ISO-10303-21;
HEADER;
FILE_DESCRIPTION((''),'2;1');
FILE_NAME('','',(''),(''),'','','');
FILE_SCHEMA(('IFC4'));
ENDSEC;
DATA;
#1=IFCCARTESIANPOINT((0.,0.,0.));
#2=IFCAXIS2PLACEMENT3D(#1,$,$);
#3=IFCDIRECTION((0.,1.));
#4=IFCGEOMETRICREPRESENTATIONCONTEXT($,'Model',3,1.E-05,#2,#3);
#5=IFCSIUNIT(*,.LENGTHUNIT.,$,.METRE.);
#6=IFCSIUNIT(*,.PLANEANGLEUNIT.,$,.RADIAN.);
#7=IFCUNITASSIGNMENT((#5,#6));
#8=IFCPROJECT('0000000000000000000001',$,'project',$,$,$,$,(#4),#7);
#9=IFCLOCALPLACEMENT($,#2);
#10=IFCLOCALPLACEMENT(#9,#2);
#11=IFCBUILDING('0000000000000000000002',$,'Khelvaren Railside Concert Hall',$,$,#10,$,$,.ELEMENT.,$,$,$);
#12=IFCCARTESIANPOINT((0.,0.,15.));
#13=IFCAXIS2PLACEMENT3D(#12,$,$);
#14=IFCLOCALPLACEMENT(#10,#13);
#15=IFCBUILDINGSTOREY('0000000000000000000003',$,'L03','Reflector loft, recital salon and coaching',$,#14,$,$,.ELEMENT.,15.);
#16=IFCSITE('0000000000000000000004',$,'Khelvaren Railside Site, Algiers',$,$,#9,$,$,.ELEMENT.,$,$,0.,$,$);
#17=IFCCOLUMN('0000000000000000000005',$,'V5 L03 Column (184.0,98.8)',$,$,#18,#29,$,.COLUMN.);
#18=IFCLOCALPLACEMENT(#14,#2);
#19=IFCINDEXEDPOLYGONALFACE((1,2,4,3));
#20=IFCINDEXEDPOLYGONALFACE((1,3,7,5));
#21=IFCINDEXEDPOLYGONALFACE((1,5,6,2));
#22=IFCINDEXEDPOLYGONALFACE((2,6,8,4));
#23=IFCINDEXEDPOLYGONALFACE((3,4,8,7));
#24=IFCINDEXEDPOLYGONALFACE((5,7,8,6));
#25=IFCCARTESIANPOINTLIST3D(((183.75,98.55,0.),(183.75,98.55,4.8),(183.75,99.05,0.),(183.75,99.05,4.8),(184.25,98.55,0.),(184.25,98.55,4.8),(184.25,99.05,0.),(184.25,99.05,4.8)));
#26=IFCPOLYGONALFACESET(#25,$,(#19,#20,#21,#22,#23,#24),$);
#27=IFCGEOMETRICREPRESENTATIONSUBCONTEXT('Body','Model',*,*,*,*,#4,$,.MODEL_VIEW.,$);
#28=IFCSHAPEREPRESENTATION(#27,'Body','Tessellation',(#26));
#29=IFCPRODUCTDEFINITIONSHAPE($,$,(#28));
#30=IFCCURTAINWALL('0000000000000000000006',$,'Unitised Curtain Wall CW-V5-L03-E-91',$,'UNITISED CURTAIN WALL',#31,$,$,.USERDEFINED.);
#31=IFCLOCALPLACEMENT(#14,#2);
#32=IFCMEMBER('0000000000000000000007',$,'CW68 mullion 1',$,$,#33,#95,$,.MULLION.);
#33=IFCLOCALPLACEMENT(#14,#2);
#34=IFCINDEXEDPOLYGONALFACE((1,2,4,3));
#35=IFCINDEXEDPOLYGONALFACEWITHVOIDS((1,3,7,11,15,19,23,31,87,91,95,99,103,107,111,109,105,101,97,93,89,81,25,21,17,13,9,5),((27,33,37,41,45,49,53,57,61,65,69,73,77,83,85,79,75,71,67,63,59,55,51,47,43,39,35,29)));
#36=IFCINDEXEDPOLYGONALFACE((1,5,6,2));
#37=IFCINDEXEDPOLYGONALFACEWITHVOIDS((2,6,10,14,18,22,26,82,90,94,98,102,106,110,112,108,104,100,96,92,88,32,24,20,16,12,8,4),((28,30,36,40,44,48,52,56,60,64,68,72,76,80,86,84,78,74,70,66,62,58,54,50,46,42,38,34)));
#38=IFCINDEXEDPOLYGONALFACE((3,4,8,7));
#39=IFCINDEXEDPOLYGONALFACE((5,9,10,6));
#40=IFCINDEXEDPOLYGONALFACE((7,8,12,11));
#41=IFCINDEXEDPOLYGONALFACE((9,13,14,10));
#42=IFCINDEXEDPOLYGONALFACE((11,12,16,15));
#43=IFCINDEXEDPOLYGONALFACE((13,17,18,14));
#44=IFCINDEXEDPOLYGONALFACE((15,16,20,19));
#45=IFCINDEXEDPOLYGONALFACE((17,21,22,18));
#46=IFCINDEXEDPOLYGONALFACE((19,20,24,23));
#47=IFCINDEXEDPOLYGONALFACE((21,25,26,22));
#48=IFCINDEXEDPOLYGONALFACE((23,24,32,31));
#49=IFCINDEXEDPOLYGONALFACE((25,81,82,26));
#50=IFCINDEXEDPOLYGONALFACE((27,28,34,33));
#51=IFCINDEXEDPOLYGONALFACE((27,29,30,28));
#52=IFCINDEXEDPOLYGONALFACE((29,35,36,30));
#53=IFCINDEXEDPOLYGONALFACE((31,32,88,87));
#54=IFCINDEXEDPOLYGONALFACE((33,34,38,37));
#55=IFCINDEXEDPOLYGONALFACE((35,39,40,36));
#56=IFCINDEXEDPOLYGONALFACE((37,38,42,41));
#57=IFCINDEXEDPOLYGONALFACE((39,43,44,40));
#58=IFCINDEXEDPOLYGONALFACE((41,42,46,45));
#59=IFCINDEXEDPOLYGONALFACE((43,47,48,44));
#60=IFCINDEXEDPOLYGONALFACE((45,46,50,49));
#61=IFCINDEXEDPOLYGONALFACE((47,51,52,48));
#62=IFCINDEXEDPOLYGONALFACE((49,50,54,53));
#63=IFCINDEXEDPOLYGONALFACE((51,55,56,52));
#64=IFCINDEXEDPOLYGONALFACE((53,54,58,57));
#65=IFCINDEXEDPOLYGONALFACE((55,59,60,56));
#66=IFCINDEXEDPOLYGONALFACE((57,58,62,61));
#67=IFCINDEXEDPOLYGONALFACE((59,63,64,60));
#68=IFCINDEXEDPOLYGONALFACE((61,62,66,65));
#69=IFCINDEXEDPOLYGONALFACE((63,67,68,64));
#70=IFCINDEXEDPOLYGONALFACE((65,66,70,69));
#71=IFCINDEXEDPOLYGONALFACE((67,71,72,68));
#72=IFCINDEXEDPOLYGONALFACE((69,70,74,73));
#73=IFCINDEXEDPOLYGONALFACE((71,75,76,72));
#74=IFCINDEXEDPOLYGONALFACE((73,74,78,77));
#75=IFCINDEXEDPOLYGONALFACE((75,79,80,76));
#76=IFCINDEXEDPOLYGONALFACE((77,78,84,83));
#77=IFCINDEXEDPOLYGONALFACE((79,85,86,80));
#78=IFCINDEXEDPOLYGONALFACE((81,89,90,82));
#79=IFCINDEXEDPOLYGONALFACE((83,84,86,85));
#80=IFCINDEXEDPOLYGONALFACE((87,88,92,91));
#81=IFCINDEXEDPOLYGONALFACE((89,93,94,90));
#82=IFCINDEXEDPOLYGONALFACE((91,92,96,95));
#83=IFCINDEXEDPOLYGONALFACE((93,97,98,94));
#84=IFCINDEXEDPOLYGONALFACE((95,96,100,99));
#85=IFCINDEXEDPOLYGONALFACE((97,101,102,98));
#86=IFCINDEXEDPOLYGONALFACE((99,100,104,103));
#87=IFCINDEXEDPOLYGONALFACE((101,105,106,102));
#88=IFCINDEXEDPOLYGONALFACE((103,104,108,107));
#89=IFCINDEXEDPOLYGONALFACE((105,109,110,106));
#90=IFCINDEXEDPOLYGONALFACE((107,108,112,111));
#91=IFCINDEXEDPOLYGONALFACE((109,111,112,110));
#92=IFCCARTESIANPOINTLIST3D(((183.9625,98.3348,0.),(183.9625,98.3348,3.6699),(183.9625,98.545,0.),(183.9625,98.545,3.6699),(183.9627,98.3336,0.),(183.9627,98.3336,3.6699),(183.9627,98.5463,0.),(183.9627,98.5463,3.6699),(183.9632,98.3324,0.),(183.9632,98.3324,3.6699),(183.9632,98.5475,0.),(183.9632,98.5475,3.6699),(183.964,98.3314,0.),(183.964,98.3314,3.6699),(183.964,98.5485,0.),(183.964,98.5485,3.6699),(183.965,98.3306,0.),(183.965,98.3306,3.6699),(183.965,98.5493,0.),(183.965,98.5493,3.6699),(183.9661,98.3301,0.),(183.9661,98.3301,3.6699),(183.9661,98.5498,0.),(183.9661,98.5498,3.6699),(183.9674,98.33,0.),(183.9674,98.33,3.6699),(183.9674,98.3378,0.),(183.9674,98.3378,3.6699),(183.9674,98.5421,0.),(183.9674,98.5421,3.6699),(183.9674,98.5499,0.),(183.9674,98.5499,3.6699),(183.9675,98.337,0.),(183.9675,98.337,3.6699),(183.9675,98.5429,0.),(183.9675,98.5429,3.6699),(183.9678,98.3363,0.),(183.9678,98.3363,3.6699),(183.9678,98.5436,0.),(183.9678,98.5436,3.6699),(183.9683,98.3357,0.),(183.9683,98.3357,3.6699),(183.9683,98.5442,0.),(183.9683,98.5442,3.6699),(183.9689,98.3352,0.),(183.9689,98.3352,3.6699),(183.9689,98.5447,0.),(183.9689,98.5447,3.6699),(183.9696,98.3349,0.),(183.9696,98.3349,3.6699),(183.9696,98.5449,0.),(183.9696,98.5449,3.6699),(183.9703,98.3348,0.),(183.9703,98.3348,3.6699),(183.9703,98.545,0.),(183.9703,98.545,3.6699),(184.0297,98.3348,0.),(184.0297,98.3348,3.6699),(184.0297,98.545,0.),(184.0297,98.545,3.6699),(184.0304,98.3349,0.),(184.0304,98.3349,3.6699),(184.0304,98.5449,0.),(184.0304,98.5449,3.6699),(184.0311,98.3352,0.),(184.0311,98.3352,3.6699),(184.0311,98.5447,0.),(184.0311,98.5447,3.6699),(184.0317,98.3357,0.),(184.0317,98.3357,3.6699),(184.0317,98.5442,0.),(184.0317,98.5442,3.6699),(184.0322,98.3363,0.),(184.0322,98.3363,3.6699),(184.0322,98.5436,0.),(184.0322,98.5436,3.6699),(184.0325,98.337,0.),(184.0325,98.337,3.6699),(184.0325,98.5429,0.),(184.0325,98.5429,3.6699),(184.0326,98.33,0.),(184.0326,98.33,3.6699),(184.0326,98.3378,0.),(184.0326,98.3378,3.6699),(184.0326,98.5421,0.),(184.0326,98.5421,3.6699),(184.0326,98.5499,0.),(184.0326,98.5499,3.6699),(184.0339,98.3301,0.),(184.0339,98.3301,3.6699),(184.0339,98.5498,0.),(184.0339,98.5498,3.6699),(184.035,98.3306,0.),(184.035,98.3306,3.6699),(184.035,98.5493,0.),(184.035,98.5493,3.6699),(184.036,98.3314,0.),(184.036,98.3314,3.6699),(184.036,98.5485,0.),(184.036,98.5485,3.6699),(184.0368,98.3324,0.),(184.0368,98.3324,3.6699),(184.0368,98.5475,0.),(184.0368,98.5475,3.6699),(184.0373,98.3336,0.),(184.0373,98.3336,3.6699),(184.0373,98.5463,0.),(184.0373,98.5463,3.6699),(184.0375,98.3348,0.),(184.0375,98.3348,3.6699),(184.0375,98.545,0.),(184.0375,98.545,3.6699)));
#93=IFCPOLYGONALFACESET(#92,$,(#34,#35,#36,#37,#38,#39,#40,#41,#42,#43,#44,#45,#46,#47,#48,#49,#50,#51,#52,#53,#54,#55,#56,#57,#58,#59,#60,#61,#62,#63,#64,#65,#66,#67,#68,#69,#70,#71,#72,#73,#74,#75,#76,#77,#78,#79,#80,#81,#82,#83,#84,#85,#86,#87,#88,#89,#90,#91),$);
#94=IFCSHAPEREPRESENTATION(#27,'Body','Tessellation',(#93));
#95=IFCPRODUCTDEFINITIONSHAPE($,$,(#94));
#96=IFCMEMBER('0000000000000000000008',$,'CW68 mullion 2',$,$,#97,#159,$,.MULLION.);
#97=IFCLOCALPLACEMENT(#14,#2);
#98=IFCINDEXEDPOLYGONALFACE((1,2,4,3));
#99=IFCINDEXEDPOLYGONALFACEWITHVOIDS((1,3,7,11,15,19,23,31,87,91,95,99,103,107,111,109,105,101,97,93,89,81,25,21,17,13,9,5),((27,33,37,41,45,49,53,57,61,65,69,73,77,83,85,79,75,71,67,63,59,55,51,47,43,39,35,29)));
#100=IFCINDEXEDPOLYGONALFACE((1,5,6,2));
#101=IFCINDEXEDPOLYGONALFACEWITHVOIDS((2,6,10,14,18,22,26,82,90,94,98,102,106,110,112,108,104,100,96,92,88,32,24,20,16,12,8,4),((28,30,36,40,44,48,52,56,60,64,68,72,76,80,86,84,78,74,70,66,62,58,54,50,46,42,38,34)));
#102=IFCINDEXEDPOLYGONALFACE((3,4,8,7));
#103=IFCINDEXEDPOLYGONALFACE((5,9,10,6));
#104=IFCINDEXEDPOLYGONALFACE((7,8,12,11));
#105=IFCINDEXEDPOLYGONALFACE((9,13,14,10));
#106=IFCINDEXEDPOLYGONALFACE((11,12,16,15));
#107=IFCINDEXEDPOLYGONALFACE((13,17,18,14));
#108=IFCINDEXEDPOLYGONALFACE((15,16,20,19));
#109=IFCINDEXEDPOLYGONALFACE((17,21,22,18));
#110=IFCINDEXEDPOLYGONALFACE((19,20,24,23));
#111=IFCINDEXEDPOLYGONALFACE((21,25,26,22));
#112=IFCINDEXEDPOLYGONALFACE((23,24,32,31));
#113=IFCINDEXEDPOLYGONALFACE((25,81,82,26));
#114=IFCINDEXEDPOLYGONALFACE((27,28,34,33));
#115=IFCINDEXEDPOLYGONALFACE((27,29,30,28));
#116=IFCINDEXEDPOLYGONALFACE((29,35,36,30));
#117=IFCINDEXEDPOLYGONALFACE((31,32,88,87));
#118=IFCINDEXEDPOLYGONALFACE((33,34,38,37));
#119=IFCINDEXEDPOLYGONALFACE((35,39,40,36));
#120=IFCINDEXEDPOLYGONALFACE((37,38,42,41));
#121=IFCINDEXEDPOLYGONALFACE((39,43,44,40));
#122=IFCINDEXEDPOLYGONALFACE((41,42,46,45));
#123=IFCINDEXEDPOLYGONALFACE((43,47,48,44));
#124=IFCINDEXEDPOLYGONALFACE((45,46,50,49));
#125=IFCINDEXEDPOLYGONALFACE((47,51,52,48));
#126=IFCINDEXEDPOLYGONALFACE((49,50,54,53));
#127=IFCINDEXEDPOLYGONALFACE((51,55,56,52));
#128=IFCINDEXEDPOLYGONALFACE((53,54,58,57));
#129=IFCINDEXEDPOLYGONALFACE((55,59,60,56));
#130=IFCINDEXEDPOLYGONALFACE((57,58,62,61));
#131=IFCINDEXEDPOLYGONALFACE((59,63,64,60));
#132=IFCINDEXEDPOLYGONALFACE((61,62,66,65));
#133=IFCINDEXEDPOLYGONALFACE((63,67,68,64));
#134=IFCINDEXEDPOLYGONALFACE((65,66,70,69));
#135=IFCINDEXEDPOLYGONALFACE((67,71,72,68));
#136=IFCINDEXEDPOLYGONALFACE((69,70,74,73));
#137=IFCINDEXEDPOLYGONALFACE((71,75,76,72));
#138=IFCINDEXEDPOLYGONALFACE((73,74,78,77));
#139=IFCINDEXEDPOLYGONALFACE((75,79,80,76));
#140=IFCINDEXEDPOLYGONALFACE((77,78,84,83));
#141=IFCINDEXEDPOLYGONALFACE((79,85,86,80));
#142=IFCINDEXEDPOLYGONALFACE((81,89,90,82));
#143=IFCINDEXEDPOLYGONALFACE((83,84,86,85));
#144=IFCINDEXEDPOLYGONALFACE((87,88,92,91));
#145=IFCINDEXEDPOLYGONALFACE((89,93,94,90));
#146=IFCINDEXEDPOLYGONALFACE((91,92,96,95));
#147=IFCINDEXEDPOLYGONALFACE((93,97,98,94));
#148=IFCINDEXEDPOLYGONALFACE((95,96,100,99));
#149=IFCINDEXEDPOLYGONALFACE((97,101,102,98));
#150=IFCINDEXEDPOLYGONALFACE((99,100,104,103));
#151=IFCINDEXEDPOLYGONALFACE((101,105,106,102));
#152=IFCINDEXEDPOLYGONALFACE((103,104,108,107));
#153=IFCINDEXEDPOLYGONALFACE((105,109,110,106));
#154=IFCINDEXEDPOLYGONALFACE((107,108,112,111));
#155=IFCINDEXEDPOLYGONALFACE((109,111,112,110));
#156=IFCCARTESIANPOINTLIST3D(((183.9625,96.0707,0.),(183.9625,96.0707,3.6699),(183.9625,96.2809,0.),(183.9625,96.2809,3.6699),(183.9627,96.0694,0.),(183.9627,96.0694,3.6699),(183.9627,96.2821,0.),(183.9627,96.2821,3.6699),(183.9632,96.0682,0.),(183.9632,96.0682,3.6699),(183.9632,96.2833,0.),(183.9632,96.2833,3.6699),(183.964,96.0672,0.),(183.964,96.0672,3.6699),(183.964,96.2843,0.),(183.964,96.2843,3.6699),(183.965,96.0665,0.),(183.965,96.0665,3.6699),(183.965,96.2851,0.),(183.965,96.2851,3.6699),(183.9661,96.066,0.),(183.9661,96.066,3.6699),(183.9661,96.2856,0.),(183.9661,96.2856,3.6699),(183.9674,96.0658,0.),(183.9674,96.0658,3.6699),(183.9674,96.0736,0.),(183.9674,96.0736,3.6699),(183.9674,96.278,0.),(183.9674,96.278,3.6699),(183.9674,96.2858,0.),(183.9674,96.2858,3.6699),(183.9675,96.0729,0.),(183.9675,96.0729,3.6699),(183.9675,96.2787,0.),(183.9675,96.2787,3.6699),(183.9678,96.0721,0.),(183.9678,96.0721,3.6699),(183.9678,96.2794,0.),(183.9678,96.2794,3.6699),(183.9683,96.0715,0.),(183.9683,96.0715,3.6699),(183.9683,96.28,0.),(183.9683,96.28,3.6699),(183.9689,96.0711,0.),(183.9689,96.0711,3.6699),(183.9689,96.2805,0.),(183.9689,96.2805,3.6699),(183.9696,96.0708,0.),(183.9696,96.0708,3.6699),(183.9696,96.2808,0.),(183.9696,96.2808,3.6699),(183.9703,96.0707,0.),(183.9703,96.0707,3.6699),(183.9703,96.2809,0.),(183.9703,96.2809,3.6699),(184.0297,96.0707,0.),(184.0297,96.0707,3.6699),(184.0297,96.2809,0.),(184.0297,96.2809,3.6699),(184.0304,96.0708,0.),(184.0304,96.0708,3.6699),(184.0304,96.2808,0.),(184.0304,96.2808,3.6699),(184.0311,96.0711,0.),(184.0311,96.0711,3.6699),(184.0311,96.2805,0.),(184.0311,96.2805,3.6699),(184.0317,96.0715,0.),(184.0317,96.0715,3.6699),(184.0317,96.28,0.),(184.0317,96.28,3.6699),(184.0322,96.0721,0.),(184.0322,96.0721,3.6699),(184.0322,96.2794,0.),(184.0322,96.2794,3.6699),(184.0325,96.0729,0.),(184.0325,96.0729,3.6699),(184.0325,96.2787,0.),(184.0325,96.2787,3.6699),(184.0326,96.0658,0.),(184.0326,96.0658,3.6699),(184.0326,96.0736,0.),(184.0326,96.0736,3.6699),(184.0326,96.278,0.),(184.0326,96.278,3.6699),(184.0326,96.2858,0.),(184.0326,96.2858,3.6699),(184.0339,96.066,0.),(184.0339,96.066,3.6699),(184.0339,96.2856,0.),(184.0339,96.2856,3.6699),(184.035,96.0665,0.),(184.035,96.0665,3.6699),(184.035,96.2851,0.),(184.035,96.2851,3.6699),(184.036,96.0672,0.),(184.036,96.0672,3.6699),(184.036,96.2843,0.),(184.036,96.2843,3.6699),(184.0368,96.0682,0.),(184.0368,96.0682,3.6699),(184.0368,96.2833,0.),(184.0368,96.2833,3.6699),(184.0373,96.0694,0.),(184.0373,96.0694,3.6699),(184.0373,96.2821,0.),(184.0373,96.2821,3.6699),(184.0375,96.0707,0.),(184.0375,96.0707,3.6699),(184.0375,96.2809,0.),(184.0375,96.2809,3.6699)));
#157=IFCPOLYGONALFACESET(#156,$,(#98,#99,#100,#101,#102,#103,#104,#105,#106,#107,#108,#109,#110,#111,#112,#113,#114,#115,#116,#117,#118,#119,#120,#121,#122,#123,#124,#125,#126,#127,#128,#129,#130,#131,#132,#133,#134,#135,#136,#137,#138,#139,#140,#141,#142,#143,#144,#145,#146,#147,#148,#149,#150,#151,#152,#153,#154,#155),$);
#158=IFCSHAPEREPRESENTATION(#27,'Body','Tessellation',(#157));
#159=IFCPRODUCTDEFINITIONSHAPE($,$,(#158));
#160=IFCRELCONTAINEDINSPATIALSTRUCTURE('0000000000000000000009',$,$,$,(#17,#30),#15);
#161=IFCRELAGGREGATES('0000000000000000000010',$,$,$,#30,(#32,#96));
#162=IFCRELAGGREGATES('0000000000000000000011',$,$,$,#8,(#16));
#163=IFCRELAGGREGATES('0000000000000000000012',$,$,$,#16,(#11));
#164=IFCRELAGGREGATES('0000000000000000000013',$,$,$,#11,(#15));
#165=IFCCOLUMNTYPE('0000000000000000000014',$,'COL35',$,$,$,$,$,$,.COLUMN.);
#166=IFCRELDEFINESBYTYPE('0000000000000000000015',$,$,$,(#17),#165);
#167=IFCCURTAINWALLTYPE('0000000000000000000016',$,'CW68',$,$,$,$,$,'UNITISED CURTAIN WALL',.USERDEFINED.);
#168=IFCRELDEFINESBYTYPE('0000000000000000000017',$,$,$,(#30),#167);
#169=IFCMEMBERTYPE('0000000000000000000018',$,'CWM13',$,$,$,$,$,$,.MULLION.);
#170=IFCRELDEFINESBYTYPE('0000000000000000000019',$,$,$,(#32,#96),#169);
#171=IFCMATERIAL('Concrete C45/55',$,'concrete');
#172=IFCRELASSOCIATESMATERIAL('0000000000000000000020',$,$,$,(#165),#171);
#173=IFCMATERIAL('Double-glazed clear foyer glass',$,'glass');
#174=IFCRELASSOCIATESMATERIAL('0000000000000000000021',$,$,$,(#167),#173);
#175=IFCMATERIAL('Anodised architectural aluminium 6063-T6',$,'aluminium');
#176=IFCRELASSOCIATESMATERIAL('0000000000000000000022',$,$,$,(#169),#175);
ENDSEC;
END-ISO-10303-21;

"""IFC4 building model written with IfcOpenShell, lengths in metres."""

from ifc_helpers import new_model, si_unit, direction, frame, origin, origin_2d, place, context, subcontext, project, spatial, rectangle, hollow_rectangle, extrude, material, material_profile, profile_set, type_object, element, aggregate, save


model = new_model("IFC4")

# Units and contexts
model_context = context("Model", 3, precision=1e-05, world=origin(), true_north=direction((0.0, 1.0)))
body_context = subcontext(model_context, "Body", "Model", "MODEL_VIEW")
ifc_project = project(units=[si_unit("LENGTHUNIT", "METRE"), si_unit("PLANEANGLEUNIT", "RADIAN")], contexts=[model_context])

# Site, building, storey
site_placement = place(None, origin())
site = spatial("IfcSite", under=ifc_project, at=site_placement, Name="Khelvaren Railside Site, Algiers", CompositionType="ELEMENT", RefElevation=0.0)
building_placement = place(site_placement, origin())
building = spatial("IfcBuilding", under=site, at=building_placement, Name="Khelvaren Railside Concert Hall", CompositionType="ELEMENT")
storey_placement = place(building_placement, frame((0.0, 0.0, 15.0)))
storey = spatial("IfcBuildingStorey", under=building, at=storey_placement, Name="L03", Description="Reflector loft, recital salon and coaching", CompositionType="ELEMENT", Elevation=15.0)

# Column
ifc_material_1 = material(Name="Concrete C45/55", Category="concrete")
ifc_material_profile_1 = material_profile(ifc_material_1, rectangle(XDim=0.5, YDim=0.5, at=origin_2d()), Name="RC 500x500")
ifc_profile_set_1 = profile_set([ifc_material_profile_1], Name="Concrete C45/55")
column_type = type_object("IfcColumnType", Name="COL35", PredefinedType="COLUMN", material=ifc_profile_set_1)
column_placement = place(storey_placement, frame((184.0, 98.8, 0.0), z_axis=(0.0, 0.0, 1.0), x_axis=(1.0, 0.0, 0.0)))
element("IfcColumn", 1, at=column_placement, inside=storey, type_object=column_type, Name="V5 L03 Column (184.0,98.8)", PredefinedType="COLUMN", context=body_context, shape_type="SweptSolid", body=[
    extrude(rectangle(XDim=0.5, YDim=0.5, at=origin_2d()), origin(), (0.0, 0.0, 1.0), 4.8),
])

# Curtain wall, members
ifc_material_2 = material(Name="Double-glazed clear foyer glass", Category="glass")
curtain_wall_type_1 = type_object("IfcCurtainWallType", Name="CW68", ElementType="UNITISED CURTAIN WALL", PredefinedType="USERDEFINED", material=ifc_material_2)
curtain_wall_1_placement = place(storey_placement, origin())
curtain_wall_1 = element("IfcCurtainWall", 2, at=curtain_wall_1_placement, inside=storey, type_object=curtain_wall_type_1, Name="Unitised Curtain Wall CW-V5-L03-E-91", ObjectType="UNITISED CURTAIN WALL", PredefinedType="USERDEFINED")
ifc_material_3 = material(Name="Anodised architectural aluminium 6063-T6", Category="aluminium")
ifc_material_profile_2 = material_profile(ifc_material_3, hollow_rectangle(XDim=0.075, YDim=0.22, WallThickness=0.0049, InnerFilletRadius=0.0029, OuterFilletRadius=0.0049, at=origin_2d()), Name="CWM 75x220x5")
ifc_profile_set_2 = profile_set([ifc_material_profile_2], Name="Anodised architectural aluminium 6063-T6")
member_type_1 = type_object("IfcMemberType", Name="CWM13", PredefinedType="MULLION", material=ifc_profile_set_2)
member_1_placement = place(storey_placement, frame((184.0, 98.4399, 0.0), z_axis=(0.0, 0.0, 1.0), x_axis=(1.0, 0.0, 0.0)))
member_1 = element("IfcMember", 3, at=member_1_placement, type_object=member_type_1, Name="CW68 mullion 1", PredefinedType="MULLION", context=body_context, shape_type="SweptSolid", body=[
    extrude(hollow_rectangle(XDim=0.075, YDim=0.22, WallThickness=0.0049, InnerFilletRadius=0.0029, OuterFilletRadius=0.0049, at=origin_2d()), origin(), (0.0, 0.0, 1.0), 3.6699),
])
member_2_placement = place(storey_placement, frame((184.0, 96.1758, 0.0), z_axis=(0.0, 0.0, 1.0), x_axis=(1.0, 0.0, 0.0)))
member_2 = element("IfcMember", 4, at=member_2_placement, type_object=member_type_1, Name="CW68 mullion 2", PredefinedType="MULLION", context=body_context, shape_type="SweptSolid", body=[
    extrude(hollow_rectangle(XDim=0.075, YDim=0.22, WallThickness=0.0049, InnerFilletRadius=0.0029, OuterFilletRadius=0.0049, at=origin_2d()), origin(), (0.0, 0.0, 1.0), 3.6699),
])

aggregate(curtain_wall_1, [member_1, member_2])

save(model, "model.ifc")
